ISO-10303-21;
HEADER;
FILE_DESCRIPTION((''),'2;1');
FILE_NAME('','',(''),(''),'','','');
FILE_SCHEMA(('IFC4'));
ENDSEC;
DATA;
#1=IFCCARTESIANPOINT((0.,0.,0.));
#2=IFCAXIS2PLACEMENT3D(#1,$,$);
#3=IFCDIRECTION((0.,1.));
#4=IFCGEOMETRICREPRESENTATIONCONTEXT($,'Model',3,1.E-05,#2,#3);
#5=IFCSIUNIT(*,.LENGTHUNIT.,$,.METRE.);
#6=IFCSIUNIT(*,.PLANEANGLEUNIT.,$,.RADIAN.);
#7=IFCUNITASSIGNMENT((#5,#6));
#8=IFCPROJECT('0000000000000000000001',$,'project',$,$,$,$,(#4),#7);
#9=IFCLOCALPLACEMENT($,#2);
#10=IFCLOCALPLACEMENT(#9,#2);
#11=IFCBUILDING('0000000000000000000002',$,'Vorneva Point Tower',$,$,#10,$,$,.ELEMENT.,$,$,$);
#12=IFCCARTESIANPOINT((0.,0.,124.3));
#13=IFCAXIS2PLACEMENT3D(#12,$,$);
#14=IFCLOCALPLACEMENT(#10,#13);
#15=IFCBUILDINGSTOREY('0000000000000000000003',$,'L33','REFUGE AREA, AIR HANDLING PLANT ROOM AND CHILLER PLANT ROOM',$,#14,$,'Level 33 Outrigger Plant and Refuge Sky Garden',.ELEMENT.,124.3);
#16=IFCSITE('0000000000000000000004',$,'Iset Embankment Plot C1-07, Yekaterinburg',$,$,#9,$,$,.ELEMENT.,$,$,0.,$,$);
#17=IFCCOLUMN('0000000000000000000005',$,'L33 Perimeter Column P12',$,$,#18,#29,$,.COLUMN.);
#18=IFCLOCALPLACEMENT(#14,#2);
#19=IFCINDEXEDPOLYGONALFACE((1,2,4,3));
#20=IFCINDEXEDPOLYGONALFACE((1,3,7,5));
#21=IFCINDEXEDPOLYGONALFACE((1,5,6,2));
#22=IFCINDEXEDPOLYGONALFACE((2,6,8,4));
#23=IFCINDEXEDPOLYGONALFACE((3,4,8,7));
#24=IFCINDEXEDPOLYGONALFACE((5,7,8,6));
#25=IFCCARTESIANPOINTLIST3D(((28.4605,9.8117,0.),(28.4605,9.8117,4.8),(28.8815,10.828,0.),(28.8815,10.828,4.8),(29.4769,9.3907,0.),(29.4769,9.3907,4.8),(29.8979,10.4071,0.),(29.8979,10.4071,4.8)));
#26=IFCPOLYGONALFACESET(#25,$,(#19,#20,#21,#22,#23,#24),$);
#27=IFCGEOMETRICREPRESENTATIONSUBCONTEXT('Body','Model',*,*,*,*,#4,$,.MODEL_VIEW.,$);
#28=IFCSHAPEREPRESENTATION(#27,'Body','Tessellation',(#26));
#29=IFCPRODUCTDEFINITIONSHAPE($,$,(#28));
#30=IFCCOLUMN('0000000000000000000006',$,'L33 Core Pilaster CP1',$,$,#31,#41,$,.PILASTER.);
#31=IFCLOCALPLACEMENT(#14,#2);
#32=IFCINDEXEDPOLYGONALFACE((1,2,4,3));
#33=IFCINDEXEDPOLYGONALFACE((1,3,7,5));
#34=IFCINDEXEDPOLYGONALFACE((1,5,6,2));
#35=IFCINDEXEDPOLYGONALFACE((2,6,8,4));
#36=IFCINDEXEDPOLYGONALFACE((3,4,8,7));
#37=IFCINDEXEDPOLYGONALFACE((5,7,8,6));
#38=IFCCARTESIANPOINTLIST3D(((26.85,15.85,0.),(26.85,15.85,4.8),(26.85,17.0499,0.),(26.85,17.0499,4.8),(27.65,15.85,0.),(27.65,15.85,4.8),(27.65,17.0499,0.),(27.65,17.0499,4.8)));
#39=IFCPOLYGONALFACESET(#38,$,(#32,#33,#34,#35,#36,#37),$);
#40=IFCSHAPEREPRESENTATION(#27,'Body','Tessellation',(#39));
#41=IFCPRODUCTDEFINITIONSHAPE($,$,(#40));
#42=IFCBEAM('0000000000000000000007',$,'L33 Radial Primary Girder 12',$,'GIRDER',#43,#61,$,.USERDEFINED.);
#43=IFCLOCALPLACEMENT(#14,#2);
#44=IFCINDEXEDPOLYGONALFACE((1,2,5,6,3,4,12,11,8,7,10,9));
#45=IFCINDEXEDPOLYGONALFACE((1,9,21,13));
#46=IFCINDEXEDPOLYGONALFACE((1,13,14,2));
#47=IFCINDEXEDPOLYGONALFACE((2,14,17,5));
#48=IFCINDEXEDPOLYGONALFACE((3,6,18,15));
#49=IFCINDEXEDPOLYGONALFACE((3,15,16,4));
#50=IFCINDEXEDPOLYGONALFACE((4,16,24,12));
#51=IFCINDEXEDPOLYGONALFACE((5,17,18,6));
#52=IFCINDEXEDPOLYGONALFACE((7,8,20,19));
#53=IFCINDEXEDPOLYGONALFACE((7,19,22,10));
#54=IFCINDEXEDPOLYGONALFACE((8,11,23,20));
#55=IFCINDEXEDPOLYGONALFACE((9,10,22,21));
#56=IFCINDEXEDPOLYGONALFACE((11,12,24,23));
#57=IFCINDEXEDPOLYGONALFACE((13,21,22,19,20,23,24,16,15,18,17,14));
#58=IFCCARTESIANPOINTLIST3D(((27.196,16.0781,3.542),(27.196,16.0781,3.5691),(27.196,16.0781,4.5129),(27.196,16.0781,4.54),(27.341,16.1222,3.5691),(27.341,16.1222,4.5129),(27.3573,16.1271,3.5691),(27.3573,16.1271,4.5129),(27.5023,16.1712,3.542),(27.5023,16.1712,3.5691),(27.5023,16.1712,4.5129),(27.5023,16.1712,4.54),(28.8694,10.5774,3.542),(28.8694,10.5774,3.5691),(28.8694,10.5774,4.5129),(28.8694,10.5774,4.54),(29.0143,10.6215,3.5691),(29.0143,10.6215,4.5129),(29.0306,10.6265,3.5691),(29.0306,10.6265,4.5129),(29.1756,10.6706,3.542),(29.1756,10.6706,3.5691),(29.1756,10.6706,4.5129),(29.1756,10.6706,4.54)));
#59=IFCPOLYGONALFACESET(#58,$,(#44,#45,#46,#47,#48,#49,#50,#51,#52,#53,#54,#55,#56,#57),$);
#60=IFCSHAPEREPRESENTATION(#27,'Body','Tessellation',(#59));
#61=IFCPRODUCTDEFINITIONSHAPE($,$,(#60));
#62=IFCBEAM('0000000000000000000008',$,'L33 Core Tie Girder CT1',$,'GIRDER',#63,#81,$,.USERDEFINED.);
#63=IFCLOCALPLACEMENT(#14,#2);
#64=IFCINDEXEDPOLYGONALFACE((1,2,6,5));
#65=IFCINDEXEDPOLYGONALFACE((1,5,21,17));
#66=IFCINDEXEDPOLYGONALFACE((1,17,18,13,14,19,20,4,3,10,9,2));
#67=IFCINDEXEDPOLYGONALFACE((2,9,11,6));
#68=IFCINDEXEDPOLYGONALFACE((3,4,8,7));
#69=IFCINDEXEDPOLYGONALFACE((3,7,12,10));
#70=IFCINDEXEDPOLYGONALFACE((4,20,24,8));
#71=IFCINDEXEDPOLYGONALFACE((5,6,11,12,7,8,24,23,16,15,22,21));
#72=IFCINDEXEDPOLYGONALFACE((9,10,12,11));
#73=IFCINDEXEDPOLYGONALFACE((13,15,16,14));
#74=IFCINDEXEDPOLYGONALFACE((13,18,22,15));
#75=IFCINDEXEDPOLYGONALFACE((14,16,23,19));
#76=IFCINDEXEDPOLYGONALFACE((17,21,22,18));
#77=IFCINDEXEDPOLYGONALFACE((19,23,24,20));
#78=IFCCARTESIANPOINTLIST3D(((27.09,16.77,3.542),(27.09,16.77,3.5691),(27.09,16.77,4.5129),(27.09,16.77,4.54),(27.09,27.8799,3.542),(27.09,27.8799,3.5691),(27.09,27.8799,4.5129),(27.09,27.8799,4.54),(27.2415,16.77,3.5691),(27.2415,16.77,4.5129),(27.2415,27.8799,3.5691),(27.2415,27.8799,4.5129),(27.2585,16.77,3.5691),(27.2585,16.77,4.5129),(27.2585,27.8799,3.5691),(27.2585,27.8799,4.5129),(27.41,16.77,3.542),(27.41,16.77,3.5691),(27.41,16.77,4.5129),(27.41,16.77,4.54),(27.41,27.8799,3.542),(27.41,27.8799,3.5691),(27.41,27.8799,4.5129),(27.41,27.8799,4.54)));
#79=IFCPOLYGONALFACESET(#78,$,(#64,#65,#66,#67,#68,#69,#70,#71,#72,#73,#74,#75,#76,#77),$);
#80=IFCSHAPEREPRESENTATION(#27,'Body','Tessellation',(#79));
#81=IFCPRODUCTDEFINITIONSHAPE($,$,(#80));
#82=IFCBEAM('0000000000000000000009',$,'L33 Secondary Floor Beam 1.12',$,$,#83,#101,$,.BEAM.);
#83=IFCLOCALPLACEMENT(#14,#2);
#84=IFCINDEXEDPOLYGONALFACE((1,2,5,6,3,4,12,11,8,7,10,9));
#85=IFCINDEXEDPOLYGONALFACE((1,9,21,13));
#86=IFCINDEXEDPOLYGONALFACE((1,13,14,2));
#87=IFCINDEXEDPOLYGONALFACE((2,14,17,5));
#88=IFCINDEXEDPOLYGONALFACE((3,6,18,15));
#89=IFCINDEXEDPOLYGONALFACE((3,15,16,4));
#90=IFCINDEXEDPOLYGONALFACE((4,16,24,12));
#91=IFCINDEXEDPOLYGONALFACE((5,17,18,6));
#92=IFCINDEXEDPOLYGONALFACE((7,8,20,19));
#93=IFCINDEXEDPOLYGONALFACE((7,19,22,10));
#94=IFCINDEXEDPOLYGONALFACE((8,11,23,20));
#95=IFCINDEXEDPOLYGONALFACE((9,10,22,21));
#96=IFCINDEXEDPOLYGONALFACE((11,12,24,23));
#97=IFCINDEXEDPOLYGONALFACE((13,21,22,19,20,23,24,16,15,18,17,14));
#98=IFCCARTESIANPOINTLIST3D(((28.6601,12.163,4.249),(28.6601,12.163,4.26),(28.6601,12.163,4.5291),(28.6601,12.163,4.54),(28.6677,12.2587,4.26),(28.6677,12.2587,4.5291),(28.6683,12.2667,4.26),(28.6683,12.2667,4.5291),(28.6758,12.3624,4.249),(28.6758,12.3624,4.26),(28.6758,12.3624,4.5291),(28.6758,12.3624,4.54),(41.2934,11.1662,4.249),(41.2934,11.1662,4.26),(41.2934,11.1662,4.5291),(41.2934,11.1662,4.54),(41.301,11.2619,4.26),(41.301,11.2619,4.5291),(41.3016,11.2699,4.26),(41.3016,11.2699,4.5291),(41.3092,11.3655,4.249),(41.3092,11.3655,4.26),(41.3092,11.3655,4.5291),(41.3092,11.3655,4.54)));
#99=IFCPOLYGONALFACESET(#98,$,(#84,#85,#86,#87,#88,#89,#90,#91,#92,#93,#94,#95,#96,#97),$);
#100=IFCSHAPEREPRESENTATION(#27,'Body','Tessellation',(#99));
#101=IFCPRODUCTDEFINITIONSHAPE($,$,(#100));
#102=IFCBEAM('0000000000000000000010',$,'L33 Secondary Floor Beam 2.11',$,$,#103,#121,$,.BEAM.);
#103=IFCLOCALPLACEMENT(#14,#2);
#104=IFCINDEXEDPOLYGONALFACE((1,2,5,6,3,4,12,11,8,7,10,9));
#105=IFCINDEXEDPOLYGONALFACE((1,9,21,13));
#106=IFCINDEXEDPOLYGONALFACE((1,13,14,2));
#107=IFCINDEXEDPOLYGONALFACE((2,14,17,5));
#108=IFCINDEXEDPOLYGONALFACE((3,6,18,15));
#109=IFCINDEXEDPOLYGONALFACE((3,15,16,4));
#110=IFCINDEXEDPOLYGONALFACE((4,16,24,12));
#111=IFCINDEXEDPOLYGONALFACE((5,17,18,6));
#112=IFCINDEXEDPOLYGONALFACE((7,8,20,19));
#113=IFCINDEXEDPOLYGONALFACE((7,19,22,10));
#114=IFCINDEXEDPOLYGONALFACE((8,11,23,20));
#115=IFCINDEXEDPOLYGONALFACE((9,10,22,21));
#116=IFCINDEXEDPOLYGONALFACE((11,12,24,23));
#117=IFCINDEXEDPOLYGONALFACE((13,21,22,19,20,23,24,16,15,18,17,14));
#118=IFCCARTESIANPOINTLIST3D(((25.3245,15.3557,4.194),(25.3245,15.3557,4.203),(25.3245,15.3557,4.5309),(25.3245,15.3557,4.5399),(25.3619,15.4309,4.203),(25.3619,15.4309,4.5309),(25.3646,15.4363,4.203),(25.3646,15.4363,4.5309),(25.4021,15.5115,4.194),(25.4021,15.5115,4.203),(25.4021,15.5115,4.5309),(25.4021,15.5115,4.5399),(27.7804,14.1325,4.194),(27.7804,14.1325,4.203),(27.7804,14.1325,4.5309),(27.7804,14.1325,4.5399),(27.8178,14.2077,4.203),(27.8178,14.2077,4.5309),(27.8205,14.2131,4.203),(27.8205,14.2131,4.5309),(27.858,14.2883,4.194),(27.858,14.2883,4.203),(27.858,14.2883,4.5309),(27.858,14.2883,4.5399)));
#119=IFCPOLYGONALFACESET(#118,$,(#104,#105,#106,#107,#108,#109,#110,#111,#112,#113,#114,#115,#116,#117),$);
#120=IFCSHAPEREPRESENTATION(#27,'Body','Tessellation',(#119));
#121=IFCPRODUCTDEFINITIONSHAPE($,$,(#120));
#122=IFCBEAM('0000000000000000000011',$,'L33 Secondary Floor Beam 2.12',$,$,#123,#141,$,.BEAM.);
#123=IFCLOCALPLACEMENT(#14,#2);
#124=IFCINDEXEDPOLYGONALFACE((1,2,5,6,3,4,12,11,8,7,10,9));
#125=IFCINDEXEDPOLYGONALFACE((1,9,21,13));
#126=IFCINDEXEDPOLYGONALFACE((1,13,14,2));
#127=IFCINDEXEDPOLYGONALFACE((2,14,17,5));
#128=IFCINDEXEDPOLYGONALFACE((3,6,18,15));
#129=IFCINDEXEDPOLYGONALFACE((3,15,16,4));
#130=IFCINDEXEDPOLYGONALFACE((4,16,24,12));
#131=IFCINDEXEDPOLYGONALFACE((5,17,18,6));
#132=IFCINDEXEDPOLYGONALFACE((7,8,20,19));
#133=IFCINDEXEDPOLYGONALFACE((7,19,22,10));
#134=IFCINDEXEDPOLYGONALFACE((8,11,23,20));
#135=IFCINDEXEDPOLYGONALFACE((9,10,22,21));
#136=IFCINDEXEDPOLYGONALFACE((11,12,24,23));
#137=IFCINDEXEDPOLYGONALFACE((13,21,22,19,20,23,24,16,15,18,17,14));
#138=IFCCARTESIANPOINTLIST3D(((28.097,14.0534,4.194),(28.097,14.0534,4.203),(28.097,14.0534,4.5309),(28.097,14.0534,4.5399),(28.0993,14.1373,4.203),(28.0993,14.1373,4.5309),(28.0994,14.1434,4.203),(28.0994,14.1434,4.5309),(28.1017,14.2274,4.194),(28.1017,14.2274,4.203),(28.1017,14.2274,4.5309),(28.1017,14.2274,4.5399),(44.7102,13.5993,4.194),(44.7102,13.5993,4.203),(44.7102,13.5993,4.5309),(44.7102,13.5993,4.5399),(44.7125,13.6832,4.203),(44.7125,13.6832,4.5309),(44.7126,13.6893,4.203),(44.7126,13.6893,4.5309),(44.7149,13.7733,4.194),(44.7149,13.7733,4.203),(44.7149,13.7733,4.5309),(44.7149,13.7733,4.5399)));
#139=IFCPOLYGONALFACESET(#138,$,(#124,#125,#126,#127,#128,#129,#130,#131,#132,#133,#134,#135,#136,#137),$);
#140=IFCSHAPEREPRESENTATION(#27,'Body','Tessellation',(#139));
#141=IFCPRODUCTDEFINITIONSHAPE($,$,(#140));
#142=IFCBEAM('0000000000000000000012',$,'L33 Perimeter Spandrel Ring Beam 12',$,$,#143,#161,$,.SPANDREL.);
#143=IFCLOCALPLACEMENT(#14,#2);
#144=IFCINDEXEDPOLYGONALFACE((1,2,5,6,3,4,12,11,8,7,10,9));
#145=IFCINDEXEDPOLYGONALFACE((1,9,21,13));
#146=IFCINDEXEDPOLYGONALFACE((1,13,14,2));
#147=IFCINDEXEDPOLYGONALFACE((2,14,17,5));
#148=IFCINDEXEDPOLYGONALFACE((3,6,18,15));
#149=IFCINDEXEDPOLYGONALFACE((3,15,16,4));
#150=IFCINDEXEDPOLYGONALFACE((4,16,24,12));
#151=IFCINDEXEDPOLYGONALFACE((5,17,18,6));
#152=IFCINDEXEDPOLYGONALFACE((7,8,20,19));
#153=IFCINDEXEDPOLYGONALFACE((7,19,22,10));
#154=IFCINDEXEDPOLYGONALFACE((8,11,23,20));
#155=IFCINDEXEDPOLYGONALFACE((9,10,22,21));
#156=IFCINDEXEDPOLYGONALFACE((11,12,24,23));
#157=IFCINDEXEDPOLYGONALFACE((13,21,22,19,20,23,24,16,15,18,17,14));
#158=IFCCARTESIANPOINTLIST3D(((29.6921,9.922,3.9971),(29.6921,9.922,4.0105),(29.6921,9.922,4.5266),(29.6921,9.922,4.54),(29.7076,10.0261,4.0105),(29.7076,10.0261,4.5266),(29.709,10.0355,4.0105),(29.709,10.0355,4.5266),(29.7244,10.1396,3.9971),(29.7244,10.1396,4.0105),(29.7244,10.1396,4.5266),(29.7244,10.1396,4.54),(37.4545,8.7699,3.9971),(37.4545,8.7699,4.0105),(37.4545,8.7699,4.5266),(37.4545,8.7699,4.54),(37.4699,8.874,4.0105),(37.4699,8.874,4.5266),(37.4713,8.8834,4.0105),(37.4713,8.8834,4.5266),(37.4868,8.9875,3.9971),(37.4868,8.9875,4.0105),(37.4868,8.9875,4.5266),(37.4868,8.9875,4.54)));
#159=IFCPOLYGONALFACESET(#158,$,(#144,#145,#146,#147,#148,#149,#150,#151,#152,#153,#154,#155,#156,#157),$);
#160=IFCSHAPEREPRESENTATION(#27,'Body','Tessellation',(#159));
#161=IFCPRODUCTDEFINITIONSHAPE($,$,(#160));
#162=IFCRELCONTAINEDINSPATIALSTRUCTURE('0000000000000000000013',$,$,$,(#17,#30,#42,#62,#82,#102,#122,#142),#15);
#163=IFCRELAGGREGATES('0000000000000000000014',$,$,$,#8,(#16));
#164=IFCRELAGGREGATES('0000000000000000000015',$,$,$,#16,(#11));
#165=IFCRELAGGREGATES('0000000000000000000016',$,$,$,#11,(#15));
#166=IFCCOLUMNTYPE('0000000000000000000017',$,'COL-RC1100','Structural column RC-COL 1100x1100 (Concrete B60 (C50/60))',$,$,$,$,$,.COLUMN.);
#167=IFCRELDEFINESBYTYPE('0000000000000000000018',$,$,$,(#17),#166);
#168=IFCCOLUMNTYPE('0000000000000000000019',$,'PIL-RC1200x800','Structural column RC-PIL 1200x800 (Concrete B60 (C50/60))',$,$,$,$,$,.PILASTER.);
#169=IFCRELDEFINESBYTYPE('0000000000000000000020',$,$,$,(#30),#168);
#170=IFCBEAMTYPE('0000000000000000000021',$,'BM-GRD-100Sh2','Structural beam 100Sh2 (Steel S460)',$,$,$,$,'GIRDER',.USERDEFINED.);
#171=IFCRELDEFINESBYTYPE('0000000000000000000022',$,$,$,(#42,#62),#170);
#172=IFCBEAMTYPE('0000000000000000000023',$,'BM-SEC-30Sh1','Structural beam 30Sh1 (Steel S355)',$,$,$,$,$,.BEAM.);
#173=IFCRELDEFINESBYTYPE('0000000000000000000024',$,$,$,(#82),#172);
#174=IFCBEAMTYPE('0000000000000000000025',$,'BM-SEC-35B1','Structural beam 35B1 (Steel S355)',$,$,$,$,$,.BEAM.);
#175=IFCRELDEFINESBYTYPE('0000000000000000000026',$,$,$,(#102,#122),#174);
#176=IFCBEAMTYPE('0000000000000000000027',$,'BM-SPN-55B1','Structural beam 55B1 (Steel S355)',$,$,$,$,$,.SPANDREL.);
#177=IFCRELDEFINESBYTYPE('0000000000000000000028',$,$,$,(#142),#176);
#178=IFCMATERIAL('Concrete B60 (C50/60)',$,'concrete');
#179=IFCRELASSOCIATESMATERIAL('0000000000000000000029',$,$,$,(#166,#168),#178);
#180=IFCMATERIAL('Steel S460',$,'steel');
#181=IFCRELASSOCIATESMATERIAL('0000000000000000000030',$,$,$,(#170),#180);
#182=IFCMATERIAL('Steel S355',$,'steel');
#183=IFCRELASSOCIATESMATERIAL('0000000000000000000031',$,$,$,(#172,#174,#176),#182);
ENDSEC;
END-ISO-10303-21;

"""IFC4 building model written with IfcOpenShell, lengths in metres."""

from ifc_helpers import new_model, si_unit, direction, frame, origin, origin_2d, place, context, subcontext, project, spatial, rectangle, i_section, extrude, material, material_profile, profile_set, type_object, element, save


model = new_model("IFC4")

# Units and contexts
model_context = context("Model", 3, precision=1e-05, world=origin(), true_north=direction((0.0, 1.0)))
body_context = subcontext(model_context, "Body", "Model", "MODEL_VIEW")
ifc_project = project(units=[si_unit("LENGTHUNIT", "METRE"), si_unit("PLANEANGLEUNIT", "RADIAN")], contexts=[model_context])

# Site, building, storey
site_placement = place(None, origin())
site = spatial("IfcSite", under=ifc_project, at=site_placement, Name="Iset Embankment Plot C1-07, Yekaterinburg", CompositionType="ELEMENT", RefElevation=0.0)
building_placement = place(site_placement, origin())
building = spatial("IfcBuilding", under=site, at=building_placement, Name="Vorneva Point Tower", CompositionType="ELEMENT")
storey_placement = place(building_placement, frame((0.0, 0.0, 124.3)))
storey = spatial("IfcBuildingStorey", under=building, at=storey_placement, Name="L33", Description="REFUGE AREA, AIR HANDLING PLANT ROOM AND CHILLER PLANT ROOM", LongName="Level 33 Outrigger Plant and Refuge Sky Garden", CompositionType="ELEMENT", Elevation=124.3)

# Columns
ifc_material_1 = material(Name="Concrete B60 (C50/60)", Category="concrete")
ifc_material_profile_1 = material_profile(ifc_material_1, rectangle(XDim=1.1001, YDim=1.1001, at=origin_2d()), Name="RC-COL 1100x1100")
ifc_profile_set_1 = profile_set([ifc_material_profile_1], Name="Concrete B60 (C50/60)")
column_type_1 = type_object("IfcColumnType", Name="COL-RC1100", Description="Structural column RC-COL 1100x1100 (Concrete B60 (C50/60))", PredefinedType="COLUMN", material=ifc_profile_set_1)
column_1_placement = place(storey_placement, frame((29.1792, 10.1094, 0.0), z_axis=(0.0, 0.0, 1.0), x_axis=(-0.382683, -0.92388, 0.0)))
element("IfcColumn", 1, at=column_1_placement, inside=storey, type_object=column_type_1, Name="L33 Perimeter Column P12", PredefinedType="COLUMN", context=body_context, shape_type="SweptSolid", body=[
    extrude(rectangle(XDim=1.1001, YDim=1.1001, at=origin_2d()), origin(), (0.0, 0.0, 1.0), 4.8),
])
ifc_material_profile_2 = material_profile(ifc_material_1, rectangle(XDim=0.8, YDim=1.2, at=origin_2d()), Name="RC-PIL 1200x800")
ifc_profile_set_2 = profile_set([ifc_material_profile_2], Name="Concrete B60 (C50/60)")
column_type_2 = type_object("IfcColumnType", Name="PIL-RC1200x800", Description="Structural column RC-PIL 1200x800 (Concrete B60 (C50/60))", PredefinedType="PILASTER", material=ifc_profile_set_2)
column_2_placement = place(storey_placement, frame((27.25, 16.45, 0.0), z_axis=(0.0, 0.0, 1.0), x_axis=(1.0, 0.0, 0.0)))
element("IfcColumn", 2, at=column_2_placement, inside=storey, type_object=column_type_2, Name="L33 Core Pilaster CP1", PredefinedType="PILASTER", context=body_context, shape_type="SweptSolid", body=[
    extrude(rectangle(XDim=0.8, YDim=1.2, at=origin_2d()), origin(), (0.0, 0.0, 1.0), 4.8),
])

# Beams
ifc_material_2 = material(Name="Steel S460", Category="steel")
ifc_material_profile_3 = material_profile(ifc_material_2, i_section(OverallWidth=0.3201, OverallDepth=0.998, WebThickness=0.0171, FlangeThickness=0.0271, at=origin_2d()), Name="100Sh2")
ifc_profile_set_3 = profile_set([ifc_material_profile_3], Name="Steel S460")
beam_type_1 = type_object("IfcBeamType", Name="BM-GRD-100Sh2", Description="Structural beam 100Sh2 (Steel S460)", ElementType="GIRDER", PredefinedType="USERDEFINED", material=ifc_profile_set_3)
beam_1_placement = place(storey_placement, frame((29.0225, 10.624, 4.041), z_axis=(-0.291035, 0.956712, 0.0), x_axis=(-0.956712, -0.291035, 0.0)))
element("IfcBeam", 3, at=beam_1_placement, inside=storey, type_object=beam_type_1, Name="L33 Radial Primary Girder 12", ObjectType="GIRDER", PredefinedType="USERDEFINED", context=body_context, shape_type="SweptSolid", body=[
    extrude(i_section(OverallWidth=0.3201, OverallDepth=0.998, WebThickness=0.0171, FlangeThickness=0.0271, at=origin_2d()), origin(), (0.0, 0.0, 1.0), 5.7495),
])
beam_2_placement = place(storey_placement, frame((27.25, 16.77, 4.041), z_axis=(0.0, 1.0, 0.0), x_axis=(-1.0, 0.0, 0.0)))
element("IfcBeam", 4, at=beam_2_placement, inside=storey, type_object=beam_type_1, Name="L33 Core Tie Girder CT1", ObjectType="GIRDER", PredefinedType="USERDEFINED", context=body_context, shape_type="SweptSolid", body=[
    extrude(i_section(OverallWidth=0.3201, OverallDepth=0.998, WebThickness=0.0171, FlangeThickness=0.0271, at=origin_2d()), origin(), (0.0, 0.0, 1.0), 11.1099),
])
ifc_material_3 = material(Name="Steel S355", Category="steel")
ifc_material_profile_4 = material_profile(ifc_material_3, i_section(OverallWidth=0.2, OverallDepth=0.291, WebThickness=0.0081, FlangeThickness=0.011, at=origin_2d()), Name="30Sh1")
ifc_profile_set_4 = profile_set([ifc_material_profile_4], Name="Steel S355")
beam_type_2 = type_object("IfcBeamType", Name="BM-SEC-30Sh1", Description="Structural beam 30Sh1 (Steel S355)", PredefinedType="BEAM", material=ifc_profile_set_4)
beam_3_placement = place(storey_placement, frame((28.668, 12.2627, 4.3945), z_axis=(0.996901, -0.07866, 0.0), x_axis=(0.07866, 0.996901, 0.0)))
element("IfcBeam", 5, at=beam_3_placement, inside=storey, type_object=beam_type_2, Name="L33 Secondary Floor Beam 1.12", PredefinedType="BEAM", context=body_context, shape_type="SweptSolid", body=[
    extrude(i_section(OverallWidth=0.2, OverallDepth=0.291, WebThickness=0.0081, FlangeThickness=0.011, at=origin_2d()), origin(), (0.0, 0.0, 1.0), 12.6726),
])
ifc_material_profile_5 = material_profile(ifc_material_3, i_section(OverallWidth=0.1741, OverallDepth=0.3459, WebThickness=0.0061, FlangeThickness=0.009, at=origin_2d()), Name="35B1")
ifc_profile_set_5 = profile_set([ifc_material_profile_5], Name="Steel S355")
beam_type_3 = type_object("IfcBeamType", Name="BM-SEC-35B1", Description="Structural beam 35B1 (Steel S355)", PredefinedType="BEAM", material=ifc_profile_set_5)
beam_4_placement = place(storey_placement, frame((25.3633, 15.4336, 4.3669), z_axis=(0.89512, -0.445825, 0.0), x_axis=(0.445825, 0.89512, 0.0)))
element("IfcBeam", 6, at=beam_4_placement, inside=storey, type_object=beam_type_3, Name="L33 Secondary Floor Beam 2.11", PredefinedType="BEAM", context=body_context, shape_type="SweptSolid", body=[
    extrude(i_section(OverallWidth=0.1741, OverallDepth=0.3459, WebThickness=0.0061, FlangeThickness=0.009, at=origin_2d()), origin(), (0.0, 0.0, 1.0), 2.7437),
])
beam_5_placement = place(storey_placement, frame((28.0994, 14.1404, 4.3669), z_axis=(0.999627, -0.027323, 0.0), x_axis=(0.027323, 0.999627, 0.0)))
element("IfcBeam", 7, at=beam_5_placement, inside=storey, type_object=beam_type_3, Name="L33 Secondary Floor Beam 2.12", PredefinedType="BEAM", context=body_context, shape_type="SweptSolid", body=[
    extrude(i_section(OverallWidth=0.1741, OverallDepth=0.3459, WebThickness=0.0061, FlangeThickness=0.009, at=origin_2d()), origin(), (0.0, 0.0, 1.0), 16.6194),
])
ifc_material_profile_6 = material_profile(ifc_material_3, i_section(OverallWidth=0.22, OverallDepth=0.543, WebThickness=0.0095, FlangeThickness=0.0134, at=origin_2d()), Name="55B1")
ifc_profile_set_6 = profile_set([ifc_material_profile_6], Name="Steel S355")
beam_type_4 = type_object("IfcBeamType", Name="BM-SPN-55B1", Description="Structural beam 55B1 (Steel S355)", PredefinedType="SPANDREL", material=ifc_profile_set_6)
beam_6_placement = place(storey_placement, frame((29.7083, 10.0308, 4.2686), z_axis=(0.989165, -0.146811, 0.0), x_axis=(0.146811, 0.989165, 0.0)))
element("IfcBeam", 8, at=beam_6_placement, inside=storey, type_object=beam_type_4, Name="L33 Perimeter Spandrel Ring Beam 12", PredefinedType="SPANDREL", context=body_context, shape_type="SweptSolid", body=[
    extrude(i_section(OverallWidth=0.22, OverallDepth=0.543, WebThickness=0.0095, FlangeThickness=0.0134, at=origin_2d()), origin(), (0.0, 0.0, 1.0), 7.8474),
])

save(model, "model.ifc")
